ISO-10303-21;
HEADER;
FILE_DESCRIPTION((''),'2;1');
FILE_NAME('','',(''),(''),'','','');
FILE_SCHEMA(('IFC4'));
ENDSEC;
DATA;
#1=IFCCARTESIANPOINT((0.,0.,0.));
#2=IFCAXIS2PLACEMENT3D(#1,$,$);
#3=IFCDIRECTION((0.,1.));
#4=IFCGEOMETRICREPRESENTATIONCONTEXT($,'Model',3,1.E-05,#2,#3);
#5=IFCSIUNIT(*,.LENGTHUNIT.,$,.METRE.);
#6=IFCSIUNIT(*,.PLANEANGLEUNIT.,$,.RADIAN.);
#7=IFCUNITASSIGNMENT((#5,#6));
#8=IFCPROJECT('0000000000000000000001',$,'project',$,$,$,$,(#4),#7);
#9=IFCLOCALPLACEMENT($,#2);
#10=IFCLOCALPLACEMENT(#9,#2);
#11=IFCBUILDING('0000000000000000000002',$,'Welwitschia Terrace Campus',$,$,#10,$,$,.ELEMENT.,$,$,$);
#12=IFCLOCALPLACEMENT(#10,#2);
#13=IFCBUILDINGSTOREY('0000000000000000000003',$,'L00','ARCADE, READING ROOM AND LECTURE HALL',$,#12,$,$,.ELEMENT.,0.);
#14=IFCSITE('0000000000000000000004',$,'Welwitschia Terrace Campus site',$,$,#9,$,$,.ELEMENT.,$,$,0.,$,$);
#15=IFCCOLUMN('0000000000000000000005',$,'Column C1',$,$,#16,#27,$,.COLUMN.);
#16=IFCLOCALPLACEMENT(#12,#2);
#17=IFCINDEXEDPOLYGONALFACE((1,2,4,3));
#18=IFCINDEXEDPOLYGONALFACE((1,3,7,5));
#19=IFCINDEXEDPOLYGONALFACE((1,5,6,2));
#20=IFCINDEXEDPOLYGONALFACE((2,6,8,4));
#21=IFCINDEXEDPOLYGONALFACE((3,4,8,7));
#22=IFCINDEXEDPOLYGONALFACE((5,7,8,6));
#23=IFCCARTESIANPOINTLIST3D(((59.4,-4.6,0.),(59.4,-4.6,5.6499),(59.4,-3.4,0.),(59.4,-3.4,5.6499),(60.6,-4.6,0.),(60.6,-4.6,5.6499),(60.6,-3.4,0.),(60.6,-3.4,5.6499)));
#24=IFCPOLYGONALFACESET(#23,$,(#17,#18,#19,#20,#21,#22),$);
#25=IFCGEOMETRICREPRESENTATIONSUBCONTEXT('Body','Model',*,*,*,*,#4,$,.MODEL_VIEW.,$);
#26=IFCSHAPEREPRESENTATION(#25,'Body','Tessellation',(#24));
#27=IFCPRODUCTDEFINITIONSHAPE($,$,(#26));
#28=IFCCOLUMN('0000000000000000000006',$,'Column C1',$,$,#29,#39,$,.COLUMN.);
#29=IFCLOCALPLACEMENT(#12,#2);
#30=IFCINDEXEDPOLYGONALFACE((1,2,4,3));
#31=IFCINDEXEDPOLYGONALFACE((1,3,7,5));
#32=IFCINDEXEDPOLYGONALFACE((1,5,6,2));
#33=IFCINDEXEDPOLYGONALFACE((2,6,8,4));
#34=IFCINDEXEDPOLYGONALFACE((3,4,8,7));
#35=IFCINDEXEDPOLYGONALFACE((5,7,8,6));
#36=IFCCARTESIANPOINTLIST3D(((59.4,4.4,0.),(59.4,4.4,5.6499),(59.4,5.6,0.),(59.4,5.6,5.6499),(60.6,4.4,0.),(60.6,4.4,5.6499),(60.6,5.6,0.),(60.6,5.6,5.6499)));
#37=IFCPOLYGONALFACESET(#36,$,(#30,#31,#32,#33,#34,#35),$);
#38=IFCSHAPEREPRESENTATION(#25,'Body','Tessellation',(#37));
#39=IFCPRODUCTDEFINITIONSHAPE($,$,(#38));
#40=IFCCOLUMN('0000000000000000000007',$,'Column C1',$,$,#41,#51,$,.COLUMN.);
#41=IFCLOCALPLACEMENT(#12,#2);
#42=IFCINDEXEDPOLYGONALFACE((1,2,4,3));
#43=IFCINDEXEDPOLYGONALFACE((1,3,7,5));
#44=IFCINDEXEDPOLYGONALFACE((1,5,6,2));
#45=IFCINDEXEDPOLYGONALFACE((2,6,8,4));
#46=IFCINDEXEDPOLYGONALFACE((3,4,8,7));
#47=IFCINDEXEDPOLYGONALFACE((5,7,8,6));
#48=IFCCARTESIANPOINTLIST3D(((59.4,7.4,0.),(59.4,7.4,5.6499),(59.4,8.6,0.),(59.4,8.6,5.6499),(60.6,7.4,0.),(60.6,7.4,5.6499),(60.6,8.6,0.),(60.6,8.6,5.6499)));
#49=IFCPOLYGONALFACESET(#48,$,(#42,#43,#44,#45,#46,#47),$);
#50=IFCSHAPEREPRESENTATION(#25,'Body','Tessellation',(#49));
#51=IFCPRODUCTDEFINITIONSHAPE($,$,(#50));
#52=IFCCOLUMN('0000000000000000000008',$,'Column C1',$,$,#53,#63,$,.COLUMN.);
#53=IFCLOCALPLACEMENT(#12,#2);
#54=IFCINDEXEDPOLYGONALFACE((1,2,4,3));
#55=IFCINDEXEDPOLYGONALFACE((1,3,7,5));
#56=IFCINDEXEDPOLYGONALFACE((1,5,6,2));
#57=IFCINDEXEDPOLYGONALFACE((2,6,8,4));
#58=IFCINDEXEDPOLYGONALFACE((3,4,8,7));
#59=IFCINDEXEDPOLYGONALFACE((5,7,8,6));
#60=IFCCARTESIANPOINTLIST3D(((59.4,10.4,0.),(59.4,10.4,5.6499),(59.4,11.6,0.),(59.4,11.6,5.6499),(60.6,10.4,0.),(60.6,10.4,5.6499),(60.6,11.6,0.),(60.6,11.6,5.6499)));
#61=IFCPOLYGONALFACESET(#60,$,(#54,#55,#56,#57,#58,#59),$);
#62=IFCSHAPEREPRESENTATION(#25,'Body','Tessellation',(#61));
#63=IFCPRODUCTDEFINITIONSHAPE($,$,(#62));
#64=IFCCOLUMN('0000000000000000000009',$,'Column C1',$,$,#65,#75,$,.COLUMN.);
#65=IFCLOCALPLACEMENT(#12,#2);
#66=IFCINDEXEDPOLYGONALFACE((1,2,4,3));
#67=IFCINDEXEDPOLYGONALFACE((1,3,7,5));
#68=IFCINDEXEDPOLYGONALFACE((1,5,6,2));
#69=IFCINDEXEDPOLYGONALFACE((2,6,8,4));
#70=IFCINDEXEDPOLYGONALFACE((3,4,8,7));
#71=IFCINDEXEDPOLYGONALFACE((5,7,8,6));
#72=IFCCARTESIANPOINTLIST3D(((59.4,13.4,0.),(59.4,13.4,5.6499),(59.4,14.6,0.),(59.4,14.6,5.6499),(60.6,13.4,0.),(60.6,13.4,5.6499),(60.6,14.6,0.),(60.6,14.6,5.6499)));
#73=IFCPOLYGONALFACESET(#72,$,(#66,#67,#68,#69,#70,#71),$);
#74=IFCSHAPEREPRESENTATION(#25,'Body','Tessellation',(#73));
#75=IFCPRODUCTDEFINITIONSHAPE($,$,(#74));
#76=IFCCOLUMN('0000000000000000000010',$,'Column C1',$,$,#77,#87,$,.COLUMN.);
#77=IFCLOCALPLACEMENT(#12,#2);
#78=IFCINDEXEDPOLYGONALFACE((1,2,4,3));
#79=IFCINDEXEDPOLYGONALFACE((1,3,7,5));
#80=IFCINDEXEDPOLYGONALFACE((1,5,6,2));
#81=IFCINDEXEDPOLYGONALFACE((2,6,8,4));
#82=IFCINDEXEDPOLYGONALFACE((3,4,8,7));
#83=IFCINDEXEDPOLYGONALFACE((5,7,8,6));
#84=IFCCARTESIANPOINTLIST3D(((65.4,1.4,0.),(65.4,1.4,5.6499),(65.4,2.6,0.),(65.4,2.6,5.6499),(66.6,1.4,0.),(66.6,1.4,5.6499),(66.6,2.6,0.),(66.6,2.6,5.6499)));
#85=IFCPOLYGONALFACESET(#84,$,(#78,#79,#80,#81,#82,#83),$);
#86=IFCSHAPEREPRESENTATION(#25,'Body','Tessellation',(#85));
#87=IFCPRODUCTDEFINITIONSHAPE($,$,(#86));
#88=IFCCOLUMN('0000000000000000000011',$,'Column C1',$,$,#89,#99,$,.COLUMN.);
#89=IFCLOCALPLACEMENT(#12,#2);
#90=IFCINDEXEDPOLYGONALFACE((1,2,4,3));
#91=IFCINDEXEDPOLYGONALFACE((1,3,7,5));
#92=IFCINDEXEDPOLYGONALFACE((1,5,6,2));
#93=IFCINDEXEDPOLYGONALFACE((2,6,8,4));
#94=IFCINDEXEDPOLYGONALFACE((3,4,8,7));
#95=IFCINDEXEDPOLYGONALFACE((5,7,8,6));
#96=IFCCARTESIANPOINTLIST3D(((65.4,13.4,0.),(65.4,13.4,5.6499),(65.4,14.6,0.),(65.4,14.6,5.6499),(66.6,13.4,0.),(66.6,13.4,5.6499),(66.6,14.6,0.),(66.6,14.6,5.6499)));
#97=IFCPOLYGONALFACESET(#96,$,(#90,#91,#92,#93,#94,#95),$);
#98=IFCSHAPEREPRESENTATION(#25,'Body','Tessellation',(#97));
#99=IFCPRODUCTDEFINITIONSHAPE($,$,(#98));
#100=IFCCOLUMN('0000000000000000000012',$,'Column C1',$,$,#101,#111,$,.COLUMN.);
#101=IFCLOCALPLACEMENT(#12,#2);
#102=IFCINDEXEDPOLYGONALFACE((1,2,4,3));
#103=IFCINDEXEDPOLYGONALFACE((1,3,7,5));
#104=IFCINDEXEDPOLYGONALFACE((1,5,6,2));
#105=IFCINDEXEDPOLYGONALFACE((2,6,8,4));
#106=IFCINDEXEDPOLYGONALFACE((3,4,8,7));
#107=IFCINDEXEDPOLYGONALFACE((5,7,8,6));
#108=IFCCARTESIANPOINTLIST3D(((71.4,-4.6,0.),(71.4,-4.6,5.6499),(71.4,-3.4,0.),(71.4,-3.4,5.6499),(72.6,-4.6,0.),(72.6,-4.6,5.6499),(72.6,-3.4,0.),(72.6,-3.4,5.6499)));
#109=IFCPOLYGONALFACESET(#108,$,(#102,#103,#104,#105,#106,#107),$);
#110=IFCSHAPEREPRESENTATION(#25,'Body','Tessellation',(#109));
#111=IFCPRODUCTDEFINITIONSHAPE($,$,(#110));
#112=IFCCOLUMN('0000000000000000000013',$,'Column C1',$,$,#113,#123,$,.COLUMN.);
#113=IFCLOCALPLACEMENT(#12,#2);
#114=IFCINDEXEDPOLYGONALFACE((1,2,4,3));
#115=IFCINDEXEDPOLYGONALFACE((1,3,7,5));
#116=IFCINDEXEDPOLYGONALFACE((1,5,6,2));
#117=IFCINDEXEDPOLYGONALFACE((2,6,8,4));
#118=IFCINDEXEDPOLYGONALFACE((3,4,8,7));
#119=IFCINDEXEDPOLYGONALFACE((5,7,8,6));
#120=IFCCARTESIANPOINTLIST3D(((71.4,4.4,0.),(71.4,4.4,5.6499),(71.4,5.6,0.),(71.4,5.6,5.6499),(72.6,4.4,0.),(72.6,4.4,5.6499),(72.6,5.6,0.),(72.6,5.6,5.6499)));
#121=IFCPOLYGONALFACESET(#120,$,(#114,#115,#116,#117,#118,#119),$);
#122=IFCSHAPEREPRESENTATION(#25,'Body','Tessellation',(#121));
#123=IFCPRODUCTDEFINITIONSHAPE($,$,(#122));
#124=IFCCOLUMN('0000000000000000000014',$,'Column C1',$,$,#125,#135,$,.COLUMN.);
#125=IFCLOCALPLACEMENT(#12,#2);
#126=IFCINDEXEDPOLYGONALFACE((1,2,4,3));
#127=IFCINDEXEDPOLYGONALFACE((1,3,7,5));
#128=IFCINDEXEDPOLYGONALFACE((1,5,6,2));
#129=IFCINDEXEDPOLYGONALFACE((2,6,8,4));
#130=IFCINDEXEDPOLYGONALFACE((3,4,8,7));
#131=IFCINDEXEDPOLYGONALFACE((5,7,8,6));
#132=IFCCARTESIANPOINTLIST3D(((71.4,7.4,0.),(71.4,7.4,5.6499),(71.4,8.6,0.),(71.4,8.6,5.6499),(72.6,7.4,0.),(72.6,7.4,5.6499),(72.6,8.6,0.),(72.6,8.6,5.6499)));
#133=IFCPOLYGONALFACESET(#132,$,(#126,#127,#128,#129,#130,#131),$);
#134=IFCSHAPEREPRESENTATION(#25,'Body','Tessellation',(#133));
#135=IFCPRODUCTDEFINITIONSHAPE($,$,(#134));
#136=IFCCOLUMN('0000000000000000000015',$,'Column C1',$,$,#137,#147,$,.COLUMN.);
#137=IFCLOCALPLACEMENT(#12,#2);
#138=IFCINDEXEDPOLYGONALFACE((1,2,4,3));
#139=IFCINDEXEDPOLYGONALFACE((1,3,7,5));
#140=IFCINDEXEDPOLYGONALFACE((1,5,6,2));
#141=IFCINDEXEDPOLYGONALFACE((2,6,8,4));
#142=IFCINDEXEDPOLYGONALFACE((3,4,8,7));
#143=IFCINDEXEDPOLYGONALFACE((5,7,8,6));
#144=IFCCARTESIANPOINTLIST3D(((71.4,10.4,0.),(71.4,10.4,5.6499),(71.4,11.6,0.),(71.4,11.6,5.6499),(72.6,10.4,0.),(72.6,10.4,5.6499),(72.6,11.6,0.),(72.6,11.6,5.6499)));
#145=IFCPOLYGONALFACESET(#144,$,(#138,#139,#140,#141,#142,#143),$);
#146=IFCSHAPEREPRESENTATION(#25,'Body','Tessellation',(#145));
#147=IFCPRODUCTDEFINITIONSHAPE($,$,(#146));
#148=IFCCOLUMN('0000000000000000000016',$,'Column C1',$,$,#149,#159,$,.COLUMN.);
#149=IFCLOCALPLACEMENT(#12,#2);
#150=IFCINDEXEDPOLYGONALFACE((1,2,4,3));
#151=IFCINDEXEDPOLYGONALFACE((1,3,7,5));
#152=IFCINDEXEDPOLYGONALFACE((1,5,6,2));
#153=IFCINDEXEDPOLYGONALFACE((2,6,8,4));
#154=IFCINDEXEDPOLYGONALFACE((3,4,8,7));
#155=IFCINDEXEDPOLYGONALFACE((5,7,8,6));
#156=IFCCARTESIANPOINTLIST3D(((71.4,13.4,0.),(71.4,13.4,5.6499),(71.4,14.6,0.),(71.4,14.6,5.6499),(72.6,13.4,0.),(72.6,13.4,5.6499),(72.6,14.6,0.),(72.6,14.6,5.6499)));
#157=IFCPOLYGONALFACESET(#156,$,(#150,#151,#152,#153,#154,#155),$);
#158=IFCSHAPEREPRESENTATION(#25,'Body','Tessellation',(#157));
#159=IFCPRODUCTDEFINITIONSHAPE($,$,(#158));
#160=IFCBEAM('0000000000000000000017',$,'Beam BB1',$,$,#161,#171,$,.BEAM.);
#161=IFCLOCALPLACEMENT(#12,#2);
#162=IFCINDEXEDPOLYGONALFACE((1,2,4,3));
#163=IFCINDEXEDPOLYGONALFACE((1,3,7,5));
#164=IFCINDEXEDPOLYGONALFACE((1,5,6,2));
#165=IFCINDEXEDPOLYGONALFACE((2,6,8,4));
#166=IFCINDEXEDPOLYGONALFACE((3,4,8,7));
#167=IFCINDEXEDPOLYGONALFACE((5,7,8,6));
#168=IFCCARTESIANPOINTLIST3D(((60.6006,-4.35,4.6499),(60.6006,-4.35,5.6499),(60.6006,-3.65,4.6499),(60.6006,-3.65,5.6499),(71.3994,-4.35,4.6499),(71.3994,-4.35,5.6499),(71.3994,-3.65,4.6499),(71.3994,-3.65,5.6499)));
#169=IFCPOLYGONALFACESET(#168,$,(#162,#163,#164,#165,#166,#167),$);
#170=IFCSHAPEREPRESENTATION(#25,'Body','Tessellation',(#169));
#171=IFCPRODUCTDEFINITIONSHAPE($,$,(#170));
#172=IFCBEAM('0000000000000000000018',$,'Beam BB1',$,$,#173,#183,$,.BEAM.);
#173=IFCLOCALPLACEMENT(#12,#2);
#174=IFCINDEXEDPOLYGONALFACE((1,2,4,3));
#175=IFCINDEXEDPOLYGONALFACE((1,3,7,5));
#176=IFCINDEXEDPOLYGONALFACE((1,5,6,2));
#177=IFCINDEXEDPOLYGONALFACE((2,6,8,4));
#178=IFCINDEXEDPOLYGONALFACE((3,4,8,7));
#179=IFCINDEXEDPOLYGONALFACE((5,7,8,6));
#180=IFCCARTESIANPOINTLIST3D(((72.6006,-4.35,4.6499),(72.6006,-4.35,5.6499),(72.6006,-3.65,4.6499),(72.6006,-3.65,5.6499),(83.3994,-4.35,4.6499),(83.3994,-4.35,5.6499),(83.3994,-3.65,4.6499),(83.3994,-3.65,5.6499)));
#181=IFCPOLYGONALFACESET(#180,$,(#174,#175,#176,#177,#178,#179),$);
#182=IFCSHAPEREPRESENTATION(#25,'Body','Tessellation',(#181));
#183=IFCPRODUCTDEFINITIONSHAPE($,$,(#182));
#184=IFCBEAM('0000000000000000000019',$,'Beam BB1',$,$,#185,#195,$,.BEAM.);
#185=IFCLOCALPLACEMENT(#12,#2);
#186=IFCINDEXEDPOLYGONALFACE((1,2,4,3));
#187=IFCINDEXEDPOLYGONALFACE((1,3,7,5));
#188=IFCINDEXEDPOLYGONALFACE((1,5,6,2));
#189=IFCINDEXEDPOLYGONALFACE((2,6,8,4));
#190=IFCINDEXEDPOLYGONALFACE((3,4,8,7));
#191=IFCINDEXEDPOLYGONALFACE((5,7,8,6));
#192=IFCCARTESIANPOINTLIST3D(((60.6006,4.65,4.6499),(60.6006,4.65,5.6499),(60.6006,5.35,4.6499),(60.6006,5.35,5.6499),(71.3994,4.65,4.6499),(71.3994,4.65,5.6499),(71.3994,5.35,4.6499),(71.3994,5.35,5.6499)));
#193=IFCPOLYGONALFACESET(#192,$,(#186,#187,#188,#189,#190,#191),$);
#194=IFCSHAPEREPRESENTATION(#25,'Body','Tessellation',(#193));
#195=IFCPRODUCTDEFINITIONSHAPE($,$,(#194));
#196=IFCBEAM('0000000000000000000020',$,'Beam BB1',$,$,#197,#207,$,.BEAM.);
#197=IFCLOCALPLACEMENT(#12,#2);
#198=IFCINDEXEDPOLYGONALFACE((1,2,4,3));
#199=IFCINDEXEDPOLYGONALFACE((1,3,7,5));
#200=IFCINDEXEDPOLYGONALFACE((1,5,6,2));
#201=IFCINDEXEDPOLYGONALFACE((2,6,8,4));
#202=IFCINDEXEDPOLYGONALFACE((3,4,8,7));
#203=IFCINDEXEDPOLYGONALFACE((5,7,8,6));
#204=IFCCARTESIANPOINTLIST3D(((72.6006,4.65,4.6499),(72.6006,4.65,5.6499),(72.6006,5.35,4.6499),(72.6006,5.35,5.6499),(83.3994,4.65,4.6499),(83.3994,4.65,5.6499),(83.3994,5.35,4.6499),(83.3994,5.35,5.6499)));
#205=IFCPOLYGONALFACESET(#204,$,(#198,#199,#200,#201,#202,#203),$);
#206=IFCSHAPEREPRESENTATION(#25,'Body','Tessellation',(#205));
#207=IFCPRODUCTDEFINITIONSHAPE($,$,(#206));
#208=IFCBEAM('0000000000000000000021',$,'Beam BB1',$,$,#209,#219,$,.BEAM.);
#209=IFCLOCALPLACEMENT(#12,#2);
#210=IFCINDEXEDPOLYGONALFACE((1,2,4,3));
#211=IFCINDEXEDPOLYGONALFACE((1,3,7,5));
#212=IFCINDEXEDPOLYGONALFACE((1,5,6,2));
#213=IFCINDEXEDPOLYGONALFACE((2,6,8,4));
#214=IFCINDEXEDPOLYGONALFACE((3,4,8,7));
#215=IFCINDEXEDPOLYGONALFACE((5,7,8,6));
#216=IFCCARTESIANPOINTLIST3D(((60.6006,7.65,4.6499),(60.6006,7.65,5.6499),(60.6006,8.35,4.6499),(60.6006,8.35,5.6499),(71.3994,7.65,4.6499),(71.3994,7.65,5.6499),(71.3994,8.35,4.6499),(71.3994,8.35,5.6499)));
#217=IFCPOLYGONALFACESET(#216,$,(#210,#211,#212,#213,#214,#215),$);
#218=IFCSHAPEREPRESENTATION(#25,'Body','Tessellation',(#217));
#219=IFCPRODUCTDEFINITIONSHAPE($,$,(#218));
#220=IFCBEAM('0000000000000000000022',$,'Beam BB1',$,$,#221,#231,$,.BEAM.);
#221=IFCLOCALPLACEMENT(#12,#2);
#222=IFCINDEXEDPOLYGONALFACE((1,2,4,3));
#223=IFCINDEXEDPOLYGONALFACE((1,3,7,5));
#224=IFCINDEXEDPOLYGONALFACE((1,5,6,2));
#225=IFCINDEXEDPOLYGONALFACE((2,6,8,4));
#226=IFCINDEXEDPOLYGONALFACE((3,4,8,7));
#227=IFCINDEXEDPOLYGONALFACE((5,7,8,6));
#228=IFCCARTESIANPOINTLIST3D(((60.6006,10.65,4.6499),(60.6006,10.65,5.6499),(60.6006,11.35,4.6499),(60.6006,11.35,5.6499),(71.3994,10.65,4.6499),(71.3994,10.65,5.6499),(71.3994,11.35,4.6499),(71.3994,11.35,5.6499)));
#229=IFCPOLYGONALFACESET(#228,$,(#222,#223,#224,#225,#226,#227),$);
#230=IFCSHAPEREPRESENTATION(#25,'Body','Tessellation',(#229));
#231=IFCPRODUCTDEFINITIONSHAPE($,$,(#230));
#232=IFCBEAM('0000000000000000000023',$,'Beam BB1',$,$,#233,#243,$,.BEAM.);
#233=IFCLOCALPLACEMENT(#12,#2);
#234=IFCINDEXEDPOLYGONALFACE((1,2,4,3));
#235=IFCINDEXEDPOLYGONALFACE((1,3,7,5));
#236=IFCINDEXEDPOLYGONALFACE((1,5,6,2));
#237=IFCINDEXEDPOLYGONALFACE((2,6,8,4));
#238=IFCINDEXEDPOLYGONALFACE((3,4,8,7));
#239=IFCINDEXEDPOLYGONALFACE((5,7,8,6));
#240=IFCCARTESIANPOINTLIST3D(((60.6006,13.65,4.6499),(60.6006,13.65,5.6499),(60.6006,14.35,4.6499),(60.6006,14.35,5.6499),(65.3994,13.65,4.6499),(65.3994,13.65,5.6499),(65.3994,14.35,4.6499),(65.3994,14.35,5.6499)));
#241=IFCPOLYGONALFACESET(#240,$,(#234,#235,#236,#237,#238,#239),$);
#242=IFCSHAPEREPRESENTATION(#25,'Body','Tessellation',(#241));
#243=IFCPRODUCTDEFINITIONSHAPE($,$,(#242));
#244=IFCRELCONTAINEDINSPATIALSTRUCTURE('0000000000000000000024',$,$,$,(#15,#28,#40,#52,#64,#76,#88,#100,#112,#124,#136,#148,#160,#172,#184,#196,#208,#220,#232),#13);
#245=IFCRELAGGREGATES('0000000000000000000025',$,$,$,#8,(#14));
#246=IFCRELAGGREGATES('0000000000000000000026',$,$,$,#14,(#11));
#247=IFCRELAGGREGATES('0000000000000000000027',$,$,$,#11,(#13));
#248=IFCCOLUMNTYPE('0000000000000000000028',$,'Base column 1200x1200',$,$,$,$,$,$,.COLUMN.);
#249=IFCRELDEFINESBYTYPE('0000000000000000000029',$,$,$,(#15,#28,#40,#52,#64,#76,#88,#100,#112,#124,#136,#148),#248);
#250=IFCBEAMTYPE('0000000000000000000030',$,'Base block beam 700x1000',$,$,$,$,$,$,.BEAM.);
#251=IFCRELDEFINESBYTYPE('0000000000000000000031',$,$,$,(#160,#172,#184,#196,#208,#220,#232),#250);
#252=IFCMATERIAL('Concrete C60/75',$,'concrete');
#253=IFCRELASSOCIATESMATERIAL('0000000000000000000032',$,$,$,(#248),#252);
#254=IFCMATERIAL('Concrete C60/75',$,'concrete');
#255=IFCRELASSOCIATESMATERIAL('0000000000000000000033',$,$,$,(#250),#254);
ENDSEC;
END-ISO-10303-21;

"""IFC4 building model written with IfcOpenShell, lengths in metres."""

from ifc_helpers import new_model, si_unit, direction, frame, origin, origin_2d, place, context, subcontext, project, spatial, rectangle, extrude, material, material_profile, profile_set, type_object, element, save


model = new_model("IFC4")

# Units and contexts
model_context = context("Model", 3, precision=1e-05, world=origin(), true_north=direction((0.0, 1.0)))
body_context = subcontext(model_context, "Body", "Model", "MODEL_VIEW")
ifc_project = project(units=[si_unit("LENGTHUNIT", "METRE"), si_unit("PLANEANGLEUNIT", "RADIAN")], contexts=[model_context])

# Site, building, storey
site_placement = place(None, origin())
site = spatial("IfcSite", under=ifc_project, at=site_placement, Name="Welwitschia Terrace Campus site", CompositionType="ELEMENT", RefElevation=0.0)
building_placement = place(site_placement, origin())
building = spatial("IfcBuilding", under=site, at=building_placement, Name="Welwitschia Terrace Campus", CompositionType="ELEMENT")
storey_placement = place(building_placement, origin())
storey = spatial("IfcBuildingStorey", under=building, at=storey_placement, Name="L00", Description="ARCADE, READING ROOM AND LECTURE HALL", CompositionType="ELEMENT", Elevation=0.0)

# Columns
ifc_material_1 = material(Name="Concrete C60/75", Category="concrete")
ifc_material_profile_1 = material_profile(ifc_material_1, rectangle(XDim=1.2, YDim=1.2, at=origin_2d()))
ifc_profile_set_1 = profile_set([ifc_material_profile_1], Name="Concrete C60/75")
column_type = type_object("IfcColumnType", Name="Base column 1200x1200", PredefinedType="COLUMN", material=ifc_profile_set_1)
for number, where, z_axis, x_axis, name in (
    (1, (60.0, -4.0, 0.0), (0.0, 0.0, 1.0), (1.0, 0.0, 0.0), "Column C1"),
    (2, (60.0, 5.0, 0.0), (0.0, 0.0, 1.0), (1.0, 0.0, 0.0), "Column C1"),
    (3, (60.0, 8.0, 0.0), (0.0, 0.0, 1.0), (1.0, 0.0, 0.0), "Column C1"),
    (4, (60.0, 11.0, 0.0), (0.0, 0.0, 1.0), (1.0, 0.0, 0.0), "Column C1"),
    (5, (60.0, 14.0, 0.0), (0.0, 0.0, 1.0), (1.0, 0.0, 0.0), "Column C1"),
    (6, (66.0, 2.0, 0.0), (0.0, 0.0, 1.0), (1.0, 0.0, 0.0), "Column C1"),
    (7, (66.0, 14.0, 0.0), (0.0, 0.0, 1.0), (1.0, 0.0, 0.0), "Column C1"),
    (8, (72.0, -4.0, 0.0), (0.0, 0.0, 1.0), (1.0, 0.0, 0.0), "Column C1"),
    (9, (72.0, 5.0, 0.0), (0.0, 0.0, 1.0), (1.0, 0.0, 0.0), "Column C1"),
    (10, (72.0, 8.0, 0.0), (0.0, 0.0, 1.0), (1.0, 0.0, 0.0), "Column C1"),
    (11, (72.0, 11.0, 0.0), (0.0, 0.0, 1.0), (1.0, 0.0, 0.0), "Column C1"),
    (12, (72.0, 14.0, 0.0), (0.0, 0.0, 1.0), (1.0, 0.0, 0.0), "Column C1"),
):
    element("IfcColumn", number, at=place(storey_placement, frame(where, z_axis=z_axis, x_axis=x_axis)), inside=storey, type_object=column_type, Name=name, PredefinedType="COLUMN", context=body_context, shape_type="SweptSolid", body=[
        extrude(rectangle(XDim=1.2, YDim=1.2, at=origin_2d()), origin(), (0.0, 0.0, 1.0), 5.6499),
    ])

# Beams
ifc_material_2 = material(Name="Concrete C60/75", Category="concrete")
ifc_material_profile_2 = material_profile(ifc_material_2, rectangle(XDim=0.7, YDim=1.0, at=origin_2d()))
ifc_profile_set_2 = profile_set([ifc_material_profile_2], Name="Concrete C60/75")
beam_type = type_object("IfcBeamType", Name="Base block beam 700x1000", PredefinedType="BEAM", material=ifc_profile_set_2)
for number, where, z_axis, x_axis, name in (
    (13, (60.6006, -4.0, 5.1499), (1.0, 0.0, 0.0), (0.0, 1.0, 0.0), "Beam BB1"),
    (14, (72.6006, -4.0, 5.1499), (1.0, 0.0, 0.0), (0.0, 1.0, 0.0), "Beam BB1"),
    (15, (60.6006, 5.0, 5.1499), (1.0, 0.0, 0.0), (0.0, 1.0, 0.0), "Beam BB1"),
    (16, (72.6006, 5.0, 5.1499), (1.0, 0.0, 0.0), (0.0, 1.0, 0.0), "Beam BB1"),
    (17, (60.6006, 8.0, 5.1499), (1.0, 0.0, 0.0), (0.0, 1.0, 0.0), "Beam BB1"),
    (18, (60.6006, 11.0, 5.1499), (1.0, 0.0, 0.0), (0.0, 1.0, 0.0), "Beam BB1"),
):
    element("IfcBeam", number, at=place(storey_placement, frame(where, z_axis=z_axis, x_axis=x_axis)), inside=storey, type_object=beam_type, Name=name, PredefinedType="BEAM", context=body_context, shape_type="SweptSolid", body=[
        extrude(rectangle(XDim=0.7, YDim=1.0, at=origin_2d()), origin(), (0.0, 0.0, 1.0), 10.7988),
    ])
for number, where, z_axis, x_axis, name in (
    (19, (60.6006, 14.0, 5.1499), (1.0, 0.0, 0.0), (0.0, 1.0, 0.0), "Beam BB1"),
):
    element("IfcBeam", number, at=place(storey_placement, frame(where, z_axis=z_axis, x_axis=x_axis)), inside=storey, type_object=beam_type, Name=name, PredefinedType="BEAM", context=body_context, shape_type="SweptSolid", body=[
        extrude(rectangle(XDim=0.7, YDim=1.0, at=origin_2d()), origin(), (0.0, 0.0, 1.0), 4.7988),
    ])

save(model, "model.ifc")
